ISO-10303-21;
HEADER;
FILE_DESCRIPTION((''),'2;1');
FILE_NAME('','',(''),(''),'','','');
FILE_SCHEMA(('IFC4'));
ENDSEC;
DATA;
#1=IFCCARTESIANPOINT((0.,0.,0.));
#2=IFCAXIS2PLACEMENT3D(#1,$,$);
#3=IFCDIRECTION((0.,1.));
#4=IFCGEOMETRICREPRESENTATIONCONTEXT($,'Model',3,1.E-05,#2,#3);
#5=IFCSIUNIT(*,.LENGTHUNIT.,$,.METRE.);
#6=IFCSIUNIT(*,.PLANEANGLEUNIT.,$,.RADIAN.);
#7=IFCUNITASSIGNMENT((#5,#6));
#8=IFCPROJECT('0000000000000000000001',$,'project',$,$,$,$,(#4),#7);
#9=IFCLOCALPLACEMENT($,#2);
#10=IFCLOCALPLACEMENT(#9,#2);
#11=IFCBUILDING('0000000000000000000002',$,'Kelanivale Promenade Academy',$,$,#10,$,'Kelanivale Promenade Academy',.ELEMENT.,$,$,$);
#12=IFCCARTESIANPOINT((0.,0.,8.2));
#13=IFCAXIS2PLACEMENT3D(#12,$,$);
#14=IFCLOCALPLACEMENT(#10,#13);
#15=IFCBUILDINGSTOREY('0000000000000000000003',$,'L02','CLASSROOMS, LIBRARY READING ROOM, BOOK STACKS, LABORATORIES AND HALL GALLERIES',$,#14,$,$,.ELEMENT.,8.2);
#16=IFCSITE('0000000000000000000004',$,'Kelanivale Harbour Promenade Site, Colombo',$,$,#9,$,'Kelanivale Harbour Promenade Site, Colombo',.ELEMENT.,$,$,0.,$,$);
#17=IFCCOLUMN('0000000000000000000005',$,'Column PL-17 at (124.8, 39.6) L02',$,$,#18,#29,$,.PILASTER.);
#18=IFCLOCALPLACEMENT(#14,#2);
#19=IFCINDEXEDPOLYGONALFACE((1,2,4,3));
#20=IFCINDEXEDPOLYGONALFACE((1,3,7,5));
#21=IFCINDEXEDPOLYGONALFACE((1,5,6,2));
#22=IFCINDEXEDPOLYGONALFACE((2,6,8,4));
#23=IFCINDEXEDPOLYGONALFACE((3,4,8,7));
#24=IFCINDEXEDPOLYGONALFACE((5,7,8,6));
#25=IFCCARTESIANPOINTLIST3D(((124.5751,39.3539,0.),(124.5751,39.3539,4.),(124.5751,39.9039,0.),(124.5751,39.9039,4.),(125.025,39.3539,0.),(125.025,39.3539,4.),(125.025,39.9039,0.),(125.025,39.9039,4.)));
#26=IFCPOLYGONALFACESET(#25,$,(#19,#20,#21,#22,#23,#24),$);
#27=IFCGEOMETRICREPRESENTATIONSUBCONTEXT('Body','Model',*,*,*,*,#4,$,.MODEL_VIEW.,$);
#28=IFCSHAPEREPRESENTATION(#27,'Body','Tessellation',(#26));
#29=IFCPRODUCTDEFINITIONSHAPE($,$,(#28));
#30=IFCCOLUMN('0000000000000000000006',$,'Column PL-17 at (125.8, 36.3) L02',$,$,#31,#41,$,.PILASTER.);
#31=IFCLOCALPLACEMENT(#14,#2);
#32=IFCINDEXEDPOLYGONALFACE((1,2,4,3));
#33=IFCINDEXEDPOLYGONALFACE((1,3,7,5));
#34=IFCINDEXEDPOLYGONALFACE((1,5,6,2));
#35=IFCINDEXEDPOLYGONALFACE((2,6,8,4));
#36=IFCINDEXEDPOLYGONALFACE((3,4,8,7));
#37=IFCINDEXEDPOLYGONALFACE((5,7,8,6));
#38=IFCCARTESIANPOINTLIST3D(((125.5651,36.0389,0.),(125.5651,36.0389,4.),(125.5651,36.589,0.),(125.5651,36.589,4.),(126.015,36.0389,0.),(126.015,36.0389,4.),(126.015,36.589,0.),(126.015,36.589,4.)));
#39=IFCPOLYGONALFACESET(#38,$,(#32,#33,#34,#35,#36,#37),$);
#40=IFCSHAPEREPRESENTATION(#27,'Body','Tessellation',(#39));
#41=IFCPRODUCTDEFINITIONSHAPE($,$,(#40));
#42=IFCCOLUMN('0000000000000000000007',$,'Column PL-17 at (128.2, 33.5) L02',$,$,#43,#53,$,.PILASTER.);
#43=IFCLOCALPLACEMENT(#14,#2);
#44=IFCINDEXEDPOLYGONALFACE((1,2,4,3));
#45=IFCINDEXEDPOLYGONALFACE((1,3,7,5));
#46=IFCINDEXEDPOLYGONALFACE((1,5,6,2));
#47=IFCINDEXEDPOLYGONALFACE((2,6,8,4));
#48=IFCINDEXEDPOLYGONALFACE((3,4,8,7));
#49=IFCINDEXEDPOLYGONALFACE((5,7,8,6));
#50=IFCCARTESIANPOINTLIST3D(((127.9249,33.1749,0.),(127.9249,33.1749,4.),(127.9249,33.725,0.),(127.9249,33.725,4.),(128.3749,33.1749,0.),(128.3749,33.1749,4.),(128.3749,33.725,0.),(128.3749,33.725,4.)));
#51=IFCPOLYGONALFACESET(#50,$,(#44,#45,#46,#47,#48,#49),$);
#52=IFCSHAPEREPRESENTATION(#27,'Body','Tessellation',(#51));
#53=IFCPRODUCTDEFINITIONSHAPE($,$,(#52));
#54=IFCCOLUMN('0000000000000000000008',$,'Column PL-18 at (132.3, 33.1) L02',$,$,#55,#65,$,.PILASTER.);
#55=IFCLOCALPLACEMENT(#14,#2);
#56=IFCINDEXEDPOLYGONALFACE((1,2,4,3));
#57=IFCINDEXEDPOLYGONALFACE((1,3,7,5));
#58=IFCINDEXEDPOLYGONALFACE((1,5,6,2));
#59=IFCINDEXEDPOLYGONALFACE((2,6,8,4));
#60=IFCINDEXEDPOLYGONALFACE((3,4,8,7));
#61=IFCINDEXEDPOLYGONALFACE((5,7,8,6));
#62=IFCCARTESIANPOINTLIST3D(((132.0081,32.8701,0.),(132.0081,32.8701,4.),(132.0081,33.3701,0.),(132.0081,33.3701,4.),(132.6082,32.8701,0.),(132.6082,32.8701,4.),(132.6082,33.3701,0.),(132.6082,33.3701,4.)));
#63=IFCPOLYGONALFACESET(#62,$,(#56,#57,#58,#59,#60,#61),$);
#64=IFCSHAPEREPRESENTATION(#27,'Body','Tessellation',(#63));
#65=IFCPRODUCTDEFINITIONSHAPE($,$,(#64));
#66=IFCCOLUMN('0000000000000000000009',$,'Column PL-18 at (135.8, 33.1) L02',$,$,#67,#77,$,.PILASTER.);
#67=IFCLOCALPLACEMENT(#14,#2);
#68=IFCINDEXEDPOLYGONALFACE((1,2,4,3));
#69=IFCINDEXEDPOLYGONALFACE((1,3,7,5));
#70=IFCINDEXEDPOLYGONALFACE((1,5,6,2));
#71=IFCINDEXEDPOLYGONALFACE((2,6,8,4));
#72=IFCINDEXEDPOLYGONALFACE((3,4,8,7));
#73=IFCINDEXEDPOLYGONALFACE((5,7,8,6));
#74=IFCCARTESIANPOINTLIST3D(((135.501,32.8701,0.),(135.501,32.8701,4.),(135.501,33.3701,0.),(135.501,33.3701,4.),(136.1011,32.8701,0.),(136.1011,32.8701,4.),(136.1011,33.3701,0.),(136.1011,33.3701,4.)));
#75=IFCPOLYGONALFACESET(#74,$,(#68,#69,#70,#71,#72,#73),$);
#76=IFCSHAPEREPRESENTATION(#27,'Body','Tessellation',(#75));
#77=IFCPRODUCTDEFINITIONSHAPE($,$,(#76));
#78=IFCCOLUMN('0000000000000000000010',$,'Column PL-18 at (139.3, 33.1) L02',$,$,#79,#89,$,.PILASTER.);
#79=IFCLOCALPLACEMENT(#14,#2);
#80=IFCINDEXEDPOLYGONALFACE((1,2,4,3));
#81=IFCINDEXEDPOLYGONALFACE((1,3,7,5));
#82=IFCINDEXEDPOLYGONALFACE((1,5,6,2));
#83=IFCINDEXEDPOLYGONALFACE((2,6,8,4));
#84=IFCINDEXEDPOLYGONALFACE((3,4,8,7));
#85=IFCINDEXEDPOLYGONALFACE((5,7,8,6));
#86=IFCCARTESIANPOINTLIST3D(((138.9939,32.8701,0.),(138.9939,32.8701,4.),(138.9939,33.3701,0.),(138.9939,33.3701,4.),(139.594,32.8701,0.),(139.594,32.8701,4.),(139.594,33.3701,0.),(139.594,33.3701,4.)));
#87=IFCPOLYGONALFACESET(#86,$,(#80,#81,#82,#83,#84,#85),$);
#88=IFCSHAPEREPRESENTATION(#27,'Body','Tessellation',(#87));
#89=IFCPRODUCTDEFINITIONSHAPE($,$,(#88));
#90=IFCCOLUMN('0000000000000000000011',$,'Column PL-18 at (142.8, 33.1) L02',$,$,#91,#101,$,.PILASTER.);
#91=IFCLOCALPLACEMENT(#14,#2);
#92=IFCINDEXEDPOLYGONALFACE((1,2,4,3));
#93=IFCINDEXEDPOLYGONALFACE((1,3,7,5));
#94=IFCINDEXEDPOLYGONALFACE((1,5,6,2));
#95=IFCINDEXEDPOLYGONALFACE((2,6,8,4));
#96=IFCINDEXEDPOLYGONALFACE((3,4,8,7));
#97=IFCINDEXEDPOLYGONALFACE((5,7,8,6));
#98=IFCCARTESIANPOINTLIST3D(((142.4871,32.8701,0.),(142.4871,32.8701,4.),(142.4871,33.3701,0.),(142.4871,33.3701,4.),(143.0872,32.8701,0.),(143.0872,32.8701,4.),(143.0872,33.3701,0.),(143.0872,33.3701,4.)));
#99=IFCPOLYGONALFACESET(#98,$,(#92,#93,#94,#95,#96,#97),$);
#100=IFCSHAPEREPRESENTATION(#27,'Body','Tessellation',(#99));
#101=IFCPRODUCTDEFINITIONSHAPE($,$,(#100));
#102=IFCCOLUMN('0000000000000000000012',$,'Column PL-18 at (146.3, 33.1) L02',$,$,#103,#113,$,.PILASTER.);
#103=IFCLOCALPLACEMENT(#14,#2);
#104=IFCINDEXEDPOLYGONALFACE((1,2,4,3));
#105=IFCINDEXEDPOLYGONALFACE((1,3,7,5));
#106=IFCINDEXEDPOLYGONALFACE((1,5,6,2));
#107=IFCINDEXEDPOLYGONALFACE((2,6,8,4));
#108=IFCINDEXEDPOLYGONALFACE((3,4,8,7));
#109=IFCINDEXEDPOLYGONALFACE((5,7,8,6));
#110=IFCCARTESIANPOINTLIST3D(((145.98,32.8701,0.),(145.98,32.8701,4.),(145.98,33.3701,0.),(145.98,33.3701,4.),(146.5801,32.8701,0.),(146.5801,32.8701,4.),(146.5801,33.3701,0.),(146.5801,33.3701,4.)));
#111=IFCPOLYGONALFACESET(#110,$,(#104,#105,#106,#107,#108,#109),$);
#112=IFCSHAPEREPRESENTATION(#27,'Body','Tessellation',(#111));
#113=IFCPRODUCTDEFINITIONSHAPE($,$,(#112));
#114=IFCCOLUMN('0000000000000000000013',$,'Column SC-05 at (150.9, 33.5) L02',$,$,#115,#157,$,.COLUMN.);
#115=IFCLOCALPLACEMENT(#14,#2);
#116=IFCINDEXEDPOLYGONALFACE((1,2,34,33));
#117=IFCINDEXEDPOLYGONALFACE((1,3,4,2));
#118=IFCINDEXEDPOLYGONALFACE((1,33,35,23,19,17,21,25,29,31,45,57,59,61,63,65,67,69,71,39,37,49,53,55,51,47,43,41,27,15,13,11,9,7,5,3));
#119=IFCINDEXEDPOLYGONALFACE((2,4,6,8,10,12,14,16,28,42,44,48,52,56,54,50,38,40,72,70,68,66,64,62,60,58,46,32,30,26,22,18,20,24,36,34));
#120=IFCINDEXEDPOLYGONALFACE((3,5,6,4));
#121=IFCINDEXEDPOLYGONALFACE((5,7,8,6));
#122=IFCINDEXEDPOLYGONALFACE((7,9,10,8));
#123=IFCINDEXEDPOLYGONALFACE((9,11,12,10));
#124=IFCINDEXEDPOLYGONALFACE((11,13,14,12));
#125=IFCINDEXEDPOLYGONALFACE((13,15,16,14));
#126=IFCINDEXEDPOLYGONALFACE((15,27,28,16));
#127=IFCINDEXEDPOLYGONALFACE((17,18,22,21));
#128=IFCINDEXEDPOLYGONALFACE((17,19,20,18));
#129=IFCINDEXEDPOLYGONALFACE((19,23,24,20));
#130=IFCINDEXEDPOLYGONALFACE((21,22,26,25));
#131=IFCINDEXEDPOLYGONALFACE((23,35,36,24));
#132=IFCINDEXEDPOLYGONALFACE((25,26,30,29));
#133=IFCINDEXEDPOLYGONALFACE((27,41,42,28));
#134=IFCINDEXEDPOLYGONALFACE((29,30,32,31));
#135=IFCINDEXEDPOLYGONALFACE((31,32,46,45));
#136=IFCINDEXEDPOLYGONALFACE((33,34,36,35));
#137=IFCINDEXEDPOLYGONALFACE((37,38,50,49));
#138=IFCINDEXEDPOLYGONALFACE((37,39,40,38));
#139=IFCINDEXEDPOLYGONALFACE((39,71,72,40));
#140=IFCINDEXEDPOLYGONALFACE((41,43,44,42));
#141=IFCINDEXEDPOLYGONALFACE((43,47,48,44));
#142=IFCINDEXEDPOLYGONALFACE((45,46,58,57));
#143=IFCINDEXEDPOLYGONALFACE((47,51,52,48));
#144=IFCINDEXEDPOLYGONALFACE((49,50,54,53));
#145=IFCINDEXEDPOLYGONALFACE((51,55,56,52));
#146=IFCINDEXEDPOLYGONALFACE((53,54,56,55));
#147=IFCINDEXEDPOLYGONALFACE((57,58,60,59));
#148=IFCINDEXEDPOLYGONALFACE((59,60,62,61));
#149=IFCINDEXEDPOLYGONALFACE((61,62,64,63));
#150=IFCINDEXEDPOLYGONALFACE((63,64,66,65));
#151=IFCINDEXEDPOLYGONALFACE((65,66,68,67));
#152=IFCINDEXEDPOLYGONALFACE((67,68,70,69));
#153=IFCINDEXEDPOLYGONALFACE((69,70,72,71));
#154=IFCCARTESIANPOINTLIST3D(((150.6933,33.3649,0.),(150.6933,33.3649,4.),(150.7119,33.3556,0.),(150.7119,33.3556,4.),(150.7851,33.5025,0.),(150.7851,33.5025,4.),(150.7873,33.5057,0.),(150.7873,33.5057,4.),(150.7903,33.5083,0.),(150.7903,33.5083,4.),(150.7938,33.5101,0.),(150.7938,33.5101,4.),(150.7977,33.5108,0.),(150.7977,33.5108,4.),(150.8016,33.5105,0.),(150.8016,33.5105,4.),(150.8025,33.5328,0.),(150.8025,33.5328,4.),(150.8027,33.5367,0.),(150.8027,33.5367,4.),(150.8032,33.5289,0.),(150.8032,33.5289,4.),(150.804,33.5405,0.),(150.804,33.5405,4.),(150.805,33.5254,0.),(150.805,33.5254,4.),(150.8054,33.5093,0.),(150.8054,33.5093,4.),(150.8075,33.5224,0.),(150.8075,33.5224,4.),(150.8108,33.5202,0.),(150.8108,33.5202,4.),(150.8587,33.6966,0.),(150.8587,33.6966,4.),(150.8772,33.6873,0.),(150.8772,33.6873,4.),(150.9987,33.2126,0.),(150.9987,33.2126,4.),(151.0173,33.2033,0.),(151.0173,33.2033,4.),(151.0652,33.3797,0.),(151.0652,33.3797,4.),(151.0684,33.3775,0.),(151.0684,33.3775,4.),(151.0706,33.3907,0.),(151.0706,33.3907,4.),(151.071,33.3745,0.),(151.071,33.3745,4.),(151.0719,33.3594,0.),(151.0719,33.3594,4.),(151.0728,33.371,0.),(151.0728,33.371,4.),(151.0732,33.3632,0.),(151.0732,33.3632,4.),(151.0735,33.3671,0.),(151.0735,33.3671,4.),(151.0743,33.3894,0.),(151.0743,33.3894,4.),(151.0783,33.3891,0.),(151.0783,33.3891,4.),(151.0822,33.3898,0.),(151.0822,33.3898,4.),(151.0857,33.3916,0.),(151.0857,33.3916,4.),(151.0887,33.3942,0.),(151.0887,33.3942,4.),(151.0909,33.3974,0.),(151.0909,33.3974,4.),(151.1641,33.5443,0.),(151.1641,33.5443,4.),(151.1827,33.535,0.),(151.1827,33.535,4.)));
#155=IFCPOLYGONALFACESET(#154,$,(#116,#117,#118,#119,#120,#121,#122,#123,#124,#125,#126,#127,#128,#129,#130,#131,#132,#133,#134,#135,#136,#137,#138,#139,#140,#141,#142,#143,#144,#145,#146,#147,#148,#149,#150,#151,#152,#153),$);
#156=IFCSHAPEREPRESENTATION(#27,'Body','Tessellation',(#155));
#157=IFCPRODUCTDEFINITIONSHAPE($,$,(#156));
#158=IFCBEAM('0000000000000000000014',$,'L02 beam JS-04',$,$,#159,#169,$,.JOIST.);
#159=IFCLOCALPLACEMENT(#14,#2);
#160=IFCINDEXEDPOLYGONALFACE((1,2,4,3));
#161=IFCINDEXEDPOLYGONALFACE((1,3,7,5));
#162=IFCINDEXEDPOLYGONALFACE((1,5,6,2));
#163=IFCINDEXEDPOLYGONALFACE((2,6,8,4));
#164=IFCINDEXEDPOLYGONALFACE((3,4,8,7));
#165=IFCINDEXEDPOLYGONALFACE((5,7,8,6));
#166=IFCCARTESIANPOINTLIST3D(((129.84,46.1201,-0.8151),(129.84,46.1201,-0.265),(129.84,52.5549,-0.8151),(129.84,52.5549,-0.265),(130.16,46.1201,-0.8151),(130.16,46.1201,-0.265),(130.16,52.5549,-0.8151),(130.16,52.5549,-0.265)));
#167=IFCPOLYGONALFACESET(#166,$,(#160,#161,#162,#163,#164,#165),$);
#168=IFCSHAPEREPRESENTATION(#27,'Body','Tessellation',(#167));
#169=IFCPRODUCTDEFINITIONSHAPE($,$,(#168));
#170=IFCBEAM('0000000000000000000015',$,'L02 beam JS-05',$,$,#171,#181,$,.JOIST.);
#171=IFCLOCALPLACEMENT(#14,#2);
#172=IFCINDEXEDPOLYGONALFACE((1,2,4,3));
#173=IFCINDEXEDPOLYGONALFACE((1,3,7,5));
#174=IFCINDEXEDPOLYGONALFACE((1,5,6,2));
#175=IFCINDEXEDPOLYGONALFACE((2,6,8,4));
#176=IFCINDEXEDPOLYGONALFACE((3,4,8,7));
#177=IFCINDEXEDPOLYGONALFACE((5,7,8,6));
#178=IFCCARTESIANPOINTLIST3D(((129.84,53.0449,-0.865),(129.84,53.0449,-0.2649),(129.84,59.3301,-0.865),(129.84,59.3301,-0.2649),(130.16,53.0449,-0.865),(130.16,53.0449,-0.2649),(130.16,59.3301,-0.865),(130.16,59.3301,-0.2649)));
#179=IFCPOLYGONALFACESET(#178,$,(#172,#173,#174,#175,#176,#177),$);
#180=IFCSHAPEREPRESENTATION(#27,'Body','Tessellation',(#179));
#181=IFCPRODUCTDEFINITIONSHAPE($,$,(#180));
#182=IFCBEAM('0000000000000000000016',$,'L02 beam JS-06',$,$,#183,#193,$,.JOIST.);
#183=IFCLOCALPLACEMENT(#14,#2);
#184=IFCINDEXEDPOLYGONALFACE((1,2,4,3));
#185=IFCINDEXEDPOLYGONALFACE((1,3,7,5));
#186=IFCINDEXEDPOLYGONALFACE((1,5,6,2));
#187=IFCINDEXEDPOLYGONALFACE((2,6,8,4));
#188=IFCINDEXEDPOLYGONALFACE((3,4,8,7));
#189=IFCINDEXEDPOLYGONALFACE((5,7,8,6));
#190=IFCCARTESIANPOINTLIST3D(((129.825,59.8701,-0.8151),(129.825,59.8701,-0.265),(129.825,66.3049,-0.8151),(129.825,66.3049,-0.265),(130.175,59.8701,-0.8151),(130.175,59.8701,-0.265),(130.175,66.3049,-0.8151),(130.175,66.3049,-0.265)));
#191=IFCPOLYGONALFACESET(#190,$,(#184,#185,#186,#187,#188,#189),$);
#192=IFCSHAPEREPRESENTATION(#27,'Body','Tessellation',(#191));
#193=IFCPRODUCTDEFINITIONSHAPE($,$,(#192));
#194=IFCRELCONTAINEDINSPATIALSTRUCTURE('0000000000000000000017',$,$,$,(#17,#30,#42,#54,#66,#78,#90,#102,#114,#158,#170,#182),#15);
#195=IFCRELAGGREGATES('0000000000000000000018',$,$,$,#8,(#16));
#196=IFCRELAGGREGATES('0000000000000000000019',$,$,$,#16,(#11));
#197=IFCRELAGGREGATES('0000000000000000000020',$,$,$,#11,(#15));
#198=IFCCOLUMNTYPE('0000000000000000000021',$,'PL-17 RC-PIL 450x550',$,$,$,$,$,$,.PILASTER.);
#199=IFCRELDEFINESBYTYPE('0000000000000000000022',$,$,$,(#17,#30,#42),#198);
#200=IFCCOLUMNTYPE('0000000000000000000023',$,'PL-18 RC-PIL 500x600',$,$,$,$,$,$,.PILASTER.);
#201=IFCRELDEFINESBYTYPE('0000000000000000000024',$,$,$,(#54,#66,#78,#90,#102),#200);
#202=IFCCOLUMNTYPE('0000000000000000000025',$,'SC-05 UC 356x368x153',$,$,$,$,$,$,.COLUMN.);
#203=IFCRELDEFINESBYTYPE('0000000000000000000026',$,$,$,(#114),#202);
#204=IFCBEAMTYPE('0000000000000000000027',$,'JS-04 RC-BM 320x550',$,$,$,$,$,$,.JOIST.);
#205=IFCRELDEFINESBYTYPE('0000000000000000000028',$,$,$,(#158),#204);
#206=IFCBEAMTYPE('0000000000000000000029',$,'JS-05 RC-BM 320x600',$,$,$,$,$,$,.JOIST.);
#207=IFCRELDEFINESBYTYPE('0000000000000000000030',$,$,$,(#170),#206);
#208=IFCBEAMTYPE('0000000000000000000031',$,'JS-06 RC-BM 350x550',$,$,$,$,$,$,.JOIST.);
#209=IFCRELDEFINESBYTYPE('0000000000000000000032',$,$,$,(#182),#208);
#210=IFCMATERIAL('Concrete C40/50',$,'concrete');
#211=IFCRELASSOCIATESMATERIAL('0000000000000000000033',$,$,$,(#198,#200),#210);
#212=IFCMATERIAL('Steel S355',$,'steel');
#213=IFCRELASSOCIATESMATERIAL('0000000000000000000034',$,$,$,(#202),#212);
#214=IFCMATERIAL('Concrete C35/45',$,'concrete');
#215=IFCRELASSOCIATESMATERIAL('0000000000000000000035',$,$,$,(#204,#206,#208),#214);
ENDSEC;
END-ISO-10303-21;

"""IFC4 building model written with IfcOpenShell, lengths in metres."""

from ifc_helpers import new_model, si_unit, direction, frame, origin, origin_2d, place, context, subcontext, project, spatial, rectangle, i_section, extrude, material, material_profile, profile_set, type_object, element, save


model = new_model("IFC4")

# Units and contexts
model_context = context("Model", 3, precision=1e-05, world=origin(), true_north=direction((0.0, 1.0)))
body_context = subcontext(model_context, "Body", "Model", "MODEL_VIEW")
ifc_project = project(units=[si_unit("LENGTHUNIT", "METRE"), si_unit("PLANEANGLEUNIT", "RADIAN")], contexts=[model_context])

# Site, building, storey
site_placement = place(None, origin())
site = spatial("IfcSite", under=ifc_project, at=site_placement, Name="Kelanivale Harbour Promenade Site, Colombo", LongName="Kelanivale Harbour Promenade Site, Colombo", CompositionType="ELEMENT", RefElevation=0.0)
building_placement = place(site_placement, origin())
building = spatial("IfcBuilding", under=site, at=building_placement, Name="Kelanivale Promenade Academy", LongName="Kelanivale Promenade Academy", CompositionType="ELEMENT")
storey_placement = place(building_placement, frame((0.0, 0.0, 8.2)))
storey = spatial("IfcBuildingStorey", under=building, at=storey_placement, Name="L02", Description="CLASSROOMS, LIBRARY READING ROOM, BOOK STACKS, LABORATORIES AND HALL GALLERIES", CompositionType="ELEMENT", Elevation=8.2)

# Columns
ifc_material_1 = material(Name="Concrete C40/50", Category="concrete")
ifc_material_profile_1 = material_profile(ifc_material_1, rectangle(XDim=0.45, YDim=0.55, at=origin_2d()), Name="RC-PIL 450x550")
ifc_profile_set_1 = profile_set([ifc_material_profile_1], Name="Concrete C40/50")
column_type_1 = type_object("IfcColumnType", Name="PL-17 RC-PIL 450x550", PredefinedType="PILASTER", material=ifc_profile_set_1)
for number, where, z_axis, x_axis, name in (
    (1, (124.8, 39.6289, 0.0), (0.0, 0.0, 1.0), (1.0, 0.0, 0.0), "Column PL-17 at (124.8, 39.6) L02"),
    (2, (125.79, 36.314, 0.0), (0.0, 0.0, 1.0), (1.0, 0.0, 0.0), "Column PL-17 at (125.8, 36.3) L02"),
    (3, (128.1499, 33.45, 0.0), (0.0, 0.0, 1.0), (1.0, 0.0, 0.0), "Column PL-17 at (128.2, 33.5) L02"),
):
    element("IfcColumn", number, at=place(storey_placement, frame(where, z_axis=z_axis, x_axis=x_axis)), inside=storey, type_object=column_type_1, Name=name, PredefinedType="PILASTER", context=body_context, shape_type="SweptSolid", body=[
        extrude(rectangle(XDim=0.45, YDim=0.55, at=origin_2d()), origin(), (0.0, 0.0, 1.0), 4.0),
    ])
ifc_material_profile_2 = material_profile(ifc_material_1, rectangle(XDim=0.5, YDim=0.6001, at=origin_2d()), Name="RC-PIL 500x600")
ifc_profile_set_2 = profile_set([ifc_material_profile_2], Name="Concrete C40/50")
column_type_2 = type_object("IfcColumnType", Name="PL-18 RC-PIL 500x600", PredefinedType="PILASTER", material=ifc_profile_set_2)
for number, where, z_axis, x_axis, name in (
    (4, (132.3081, 33.1201, 0.0), (0.0, 0.0, 1.0), (0.0, 1.0, 0.0), "Column PL-18 at (132.3, 33.1) L02"),
    (5, (135.801, 33.1201, 0.0), (0.0, 0.0, 1.0), (0.0, 1.0, 0.0), "Column PL-18 at (135.8, 33.1) L02"),
    (6, (139.2939, 33.1201, 0.0), (0.0, 0.0, 1.0), (0.0, 1.0, 0.0), "Column PL-18 at (139.3, 33.1) L02"),
    (7, (142.7871, 33.1201, 0.0), (0.0, 0.0, 1.0), (0.0, 1.0, 0.0), "Column PL-18 at (142.8, 33.1) L02"),
    (8, (146.28, 33.1201, 0.0), (0.0, 0.0, 1.0), (0.0, 1.0, 0.0), "Column PL-18 at (146.3, 33.1) L02"),
):
    element("IfcColumn", number, at=place(storey_placement, frame(where, z_axis=z_axis, x_axis=x_axis)), inside=storey, type_object=column_type_2, Name=name, PredefinedType="PILASTER", context=body_context, shape_type="SweptSolid", body=[
        extrude(rectangle(XDim=0.5, YDim=0.6001, at=origin_2d()), origin(), (0.0, 0.0, 1.0), 4.0),
    ])
ifc_material_2 = material(Name="Steel S355", Category="steel")
ifc_material_profile_3 = material_profile(ifc_material_2, i_section(OverallWidth=0.3706, OverallDepth=0.3621, WebThickness=0.0122, FlangeThickness=0.0208, FilletRadius=0.0151, at=origin_2d()), Name="UC 356x368x153")
ifc_profile_set_3 = profile_set([ifc_material_profile_3], Name="Steel S355")
column_type_3 = type_object("IfcColumnType", Name="SC-05 UC 356x368x153", PredefinedType="COLUMN", material=ifc_profile_set_3)
column_placement = place(storey_placement, frame((150.938, 33.45, 0.0), z_axis=(0.0, 0.0, 1.0), x_axis=(0.446198, 0.894934, 0.0)))
element("IfcColumn", 9, at=column_placement, inside=storey, type_object=column_type_3, Name="Column SC-05 at (150.9, 33.5) L02", PredefinedType="COLUMN", context=body_context, shape_type="SweptSolid", body=[
    extrude(i_section(OverallWidth=0.3706, OverallDepth=0.3621, WebThickness=0.0122, FlangeThickness=0.0208, FilletRadius=0.0151, at=origin_2d()), origin(), (0.0, 0.0, 1.0), 4.0),
])

# Beams
ifc_material_3 = material(Name="Concrete C35/45", Category="concrete")
ifc_material_profile_4 = material_profile(ifc_material_3, rectangle(XDim=0.3201, YDim=0.55, at=origin_2d()), Name="RC-BM 320x550")
ifc_profile_set_4 = profile_set([ifc_material_profile_4], Name="Concrete C35/45")
beam_type_1 = type_object("IfcBeamType", Name="JS-04 RC-BM 320x550", PredefinedType="JOIST", material=ifc_profile_set_4)
beam_1_placement = place(storey_placement, frame((130.0, 46.1201, -0.54), z_axis=(0.0, 1.0, 0.0), x_axis=(-1.0, 0.0, 0.0)))
element("IfcBeam", 10, at=beam_1_placement, inside=storey, type_object=beam_type_1, Name="L02 beam JS-04", PredefinedType="JOIST", context=body_context, shape_type="SweptSolid", body=[
    extrude(rectangle(XDim=0.3201, YDim=0.55, at=origin_2d()), origin(), (0.0, 0.0, 1.0), 6.4348),
])
ifc_material_profile_5 = material_profile(ifc_material_3, rectangle(XDim=0.3201, YDim=0.6001, at=origin_2d()), Name="RC-BM 320x600")
ifc_profile_set_5 = profile_set([ifc_material_profile_5], Name="Concrete C35/45")
beam_type_2 = type_object("IfcBeamType", Name="JS-05 RC-BM 320x600", PredefinedType="JOIST", material=ifc_profile_set_5)
beam_2_placement = place(storey_placement, frame((130.0, 53.0449, -0.5649), z_axis=(0.0, 1.0, 0.0), x_axis=(-1.0, 0.0, 0.0)))
element("IfcBeam", 11, at=beam_2_placement, inside=storey, type_object=beam_type_2, Name="L02 beam JS-05", PredefinedType="JOIST", context=body_context, shape_type="SweptSolid", body=[
    extrude(rectangle(XDim=0.3201, YDim=0.6001, at=origin_2d()), origin(), (0.0, 0.0, 1.0), 6.2852),
])
ifc_material_profile_6 = material_profile(ifc_material_3, rectangle(XDim=0.3501, YDim=0.55, at=origin_2d()), Name="RC-BM 350x550")
ifc_profile_set_6 = profile_set([ifc_material_profile_6], Name="Concrete C35/45")
beam_type_3 = type_object("IfcBeamType", Name="JS-06 RC-BM 350x550", PredefinedType="JOIST", material=ifc_profile_set_6)
beam_3_placement = place(storey_placement, frame((130.0, 59.8701, -0.54), z_axis=(0.0, 1.0, 0.0), x_axis=(-1.0, 0.0, 0.0)))
element("IfcBeam", 12, at=beam_3_placement, inside=storey, type_object=beam_type_3, Name="L02 beam JS-06", PredefinedType="JOIST", context=body_context, shape_type="SweptSolid", body=[
    extrude(rectangle(XDim=0.3501, YDim=0.55, at=origin_2d()), origin(), (0.0, 0.0, 1.0), 6.4348),
])

save(model, "model.ifc")
